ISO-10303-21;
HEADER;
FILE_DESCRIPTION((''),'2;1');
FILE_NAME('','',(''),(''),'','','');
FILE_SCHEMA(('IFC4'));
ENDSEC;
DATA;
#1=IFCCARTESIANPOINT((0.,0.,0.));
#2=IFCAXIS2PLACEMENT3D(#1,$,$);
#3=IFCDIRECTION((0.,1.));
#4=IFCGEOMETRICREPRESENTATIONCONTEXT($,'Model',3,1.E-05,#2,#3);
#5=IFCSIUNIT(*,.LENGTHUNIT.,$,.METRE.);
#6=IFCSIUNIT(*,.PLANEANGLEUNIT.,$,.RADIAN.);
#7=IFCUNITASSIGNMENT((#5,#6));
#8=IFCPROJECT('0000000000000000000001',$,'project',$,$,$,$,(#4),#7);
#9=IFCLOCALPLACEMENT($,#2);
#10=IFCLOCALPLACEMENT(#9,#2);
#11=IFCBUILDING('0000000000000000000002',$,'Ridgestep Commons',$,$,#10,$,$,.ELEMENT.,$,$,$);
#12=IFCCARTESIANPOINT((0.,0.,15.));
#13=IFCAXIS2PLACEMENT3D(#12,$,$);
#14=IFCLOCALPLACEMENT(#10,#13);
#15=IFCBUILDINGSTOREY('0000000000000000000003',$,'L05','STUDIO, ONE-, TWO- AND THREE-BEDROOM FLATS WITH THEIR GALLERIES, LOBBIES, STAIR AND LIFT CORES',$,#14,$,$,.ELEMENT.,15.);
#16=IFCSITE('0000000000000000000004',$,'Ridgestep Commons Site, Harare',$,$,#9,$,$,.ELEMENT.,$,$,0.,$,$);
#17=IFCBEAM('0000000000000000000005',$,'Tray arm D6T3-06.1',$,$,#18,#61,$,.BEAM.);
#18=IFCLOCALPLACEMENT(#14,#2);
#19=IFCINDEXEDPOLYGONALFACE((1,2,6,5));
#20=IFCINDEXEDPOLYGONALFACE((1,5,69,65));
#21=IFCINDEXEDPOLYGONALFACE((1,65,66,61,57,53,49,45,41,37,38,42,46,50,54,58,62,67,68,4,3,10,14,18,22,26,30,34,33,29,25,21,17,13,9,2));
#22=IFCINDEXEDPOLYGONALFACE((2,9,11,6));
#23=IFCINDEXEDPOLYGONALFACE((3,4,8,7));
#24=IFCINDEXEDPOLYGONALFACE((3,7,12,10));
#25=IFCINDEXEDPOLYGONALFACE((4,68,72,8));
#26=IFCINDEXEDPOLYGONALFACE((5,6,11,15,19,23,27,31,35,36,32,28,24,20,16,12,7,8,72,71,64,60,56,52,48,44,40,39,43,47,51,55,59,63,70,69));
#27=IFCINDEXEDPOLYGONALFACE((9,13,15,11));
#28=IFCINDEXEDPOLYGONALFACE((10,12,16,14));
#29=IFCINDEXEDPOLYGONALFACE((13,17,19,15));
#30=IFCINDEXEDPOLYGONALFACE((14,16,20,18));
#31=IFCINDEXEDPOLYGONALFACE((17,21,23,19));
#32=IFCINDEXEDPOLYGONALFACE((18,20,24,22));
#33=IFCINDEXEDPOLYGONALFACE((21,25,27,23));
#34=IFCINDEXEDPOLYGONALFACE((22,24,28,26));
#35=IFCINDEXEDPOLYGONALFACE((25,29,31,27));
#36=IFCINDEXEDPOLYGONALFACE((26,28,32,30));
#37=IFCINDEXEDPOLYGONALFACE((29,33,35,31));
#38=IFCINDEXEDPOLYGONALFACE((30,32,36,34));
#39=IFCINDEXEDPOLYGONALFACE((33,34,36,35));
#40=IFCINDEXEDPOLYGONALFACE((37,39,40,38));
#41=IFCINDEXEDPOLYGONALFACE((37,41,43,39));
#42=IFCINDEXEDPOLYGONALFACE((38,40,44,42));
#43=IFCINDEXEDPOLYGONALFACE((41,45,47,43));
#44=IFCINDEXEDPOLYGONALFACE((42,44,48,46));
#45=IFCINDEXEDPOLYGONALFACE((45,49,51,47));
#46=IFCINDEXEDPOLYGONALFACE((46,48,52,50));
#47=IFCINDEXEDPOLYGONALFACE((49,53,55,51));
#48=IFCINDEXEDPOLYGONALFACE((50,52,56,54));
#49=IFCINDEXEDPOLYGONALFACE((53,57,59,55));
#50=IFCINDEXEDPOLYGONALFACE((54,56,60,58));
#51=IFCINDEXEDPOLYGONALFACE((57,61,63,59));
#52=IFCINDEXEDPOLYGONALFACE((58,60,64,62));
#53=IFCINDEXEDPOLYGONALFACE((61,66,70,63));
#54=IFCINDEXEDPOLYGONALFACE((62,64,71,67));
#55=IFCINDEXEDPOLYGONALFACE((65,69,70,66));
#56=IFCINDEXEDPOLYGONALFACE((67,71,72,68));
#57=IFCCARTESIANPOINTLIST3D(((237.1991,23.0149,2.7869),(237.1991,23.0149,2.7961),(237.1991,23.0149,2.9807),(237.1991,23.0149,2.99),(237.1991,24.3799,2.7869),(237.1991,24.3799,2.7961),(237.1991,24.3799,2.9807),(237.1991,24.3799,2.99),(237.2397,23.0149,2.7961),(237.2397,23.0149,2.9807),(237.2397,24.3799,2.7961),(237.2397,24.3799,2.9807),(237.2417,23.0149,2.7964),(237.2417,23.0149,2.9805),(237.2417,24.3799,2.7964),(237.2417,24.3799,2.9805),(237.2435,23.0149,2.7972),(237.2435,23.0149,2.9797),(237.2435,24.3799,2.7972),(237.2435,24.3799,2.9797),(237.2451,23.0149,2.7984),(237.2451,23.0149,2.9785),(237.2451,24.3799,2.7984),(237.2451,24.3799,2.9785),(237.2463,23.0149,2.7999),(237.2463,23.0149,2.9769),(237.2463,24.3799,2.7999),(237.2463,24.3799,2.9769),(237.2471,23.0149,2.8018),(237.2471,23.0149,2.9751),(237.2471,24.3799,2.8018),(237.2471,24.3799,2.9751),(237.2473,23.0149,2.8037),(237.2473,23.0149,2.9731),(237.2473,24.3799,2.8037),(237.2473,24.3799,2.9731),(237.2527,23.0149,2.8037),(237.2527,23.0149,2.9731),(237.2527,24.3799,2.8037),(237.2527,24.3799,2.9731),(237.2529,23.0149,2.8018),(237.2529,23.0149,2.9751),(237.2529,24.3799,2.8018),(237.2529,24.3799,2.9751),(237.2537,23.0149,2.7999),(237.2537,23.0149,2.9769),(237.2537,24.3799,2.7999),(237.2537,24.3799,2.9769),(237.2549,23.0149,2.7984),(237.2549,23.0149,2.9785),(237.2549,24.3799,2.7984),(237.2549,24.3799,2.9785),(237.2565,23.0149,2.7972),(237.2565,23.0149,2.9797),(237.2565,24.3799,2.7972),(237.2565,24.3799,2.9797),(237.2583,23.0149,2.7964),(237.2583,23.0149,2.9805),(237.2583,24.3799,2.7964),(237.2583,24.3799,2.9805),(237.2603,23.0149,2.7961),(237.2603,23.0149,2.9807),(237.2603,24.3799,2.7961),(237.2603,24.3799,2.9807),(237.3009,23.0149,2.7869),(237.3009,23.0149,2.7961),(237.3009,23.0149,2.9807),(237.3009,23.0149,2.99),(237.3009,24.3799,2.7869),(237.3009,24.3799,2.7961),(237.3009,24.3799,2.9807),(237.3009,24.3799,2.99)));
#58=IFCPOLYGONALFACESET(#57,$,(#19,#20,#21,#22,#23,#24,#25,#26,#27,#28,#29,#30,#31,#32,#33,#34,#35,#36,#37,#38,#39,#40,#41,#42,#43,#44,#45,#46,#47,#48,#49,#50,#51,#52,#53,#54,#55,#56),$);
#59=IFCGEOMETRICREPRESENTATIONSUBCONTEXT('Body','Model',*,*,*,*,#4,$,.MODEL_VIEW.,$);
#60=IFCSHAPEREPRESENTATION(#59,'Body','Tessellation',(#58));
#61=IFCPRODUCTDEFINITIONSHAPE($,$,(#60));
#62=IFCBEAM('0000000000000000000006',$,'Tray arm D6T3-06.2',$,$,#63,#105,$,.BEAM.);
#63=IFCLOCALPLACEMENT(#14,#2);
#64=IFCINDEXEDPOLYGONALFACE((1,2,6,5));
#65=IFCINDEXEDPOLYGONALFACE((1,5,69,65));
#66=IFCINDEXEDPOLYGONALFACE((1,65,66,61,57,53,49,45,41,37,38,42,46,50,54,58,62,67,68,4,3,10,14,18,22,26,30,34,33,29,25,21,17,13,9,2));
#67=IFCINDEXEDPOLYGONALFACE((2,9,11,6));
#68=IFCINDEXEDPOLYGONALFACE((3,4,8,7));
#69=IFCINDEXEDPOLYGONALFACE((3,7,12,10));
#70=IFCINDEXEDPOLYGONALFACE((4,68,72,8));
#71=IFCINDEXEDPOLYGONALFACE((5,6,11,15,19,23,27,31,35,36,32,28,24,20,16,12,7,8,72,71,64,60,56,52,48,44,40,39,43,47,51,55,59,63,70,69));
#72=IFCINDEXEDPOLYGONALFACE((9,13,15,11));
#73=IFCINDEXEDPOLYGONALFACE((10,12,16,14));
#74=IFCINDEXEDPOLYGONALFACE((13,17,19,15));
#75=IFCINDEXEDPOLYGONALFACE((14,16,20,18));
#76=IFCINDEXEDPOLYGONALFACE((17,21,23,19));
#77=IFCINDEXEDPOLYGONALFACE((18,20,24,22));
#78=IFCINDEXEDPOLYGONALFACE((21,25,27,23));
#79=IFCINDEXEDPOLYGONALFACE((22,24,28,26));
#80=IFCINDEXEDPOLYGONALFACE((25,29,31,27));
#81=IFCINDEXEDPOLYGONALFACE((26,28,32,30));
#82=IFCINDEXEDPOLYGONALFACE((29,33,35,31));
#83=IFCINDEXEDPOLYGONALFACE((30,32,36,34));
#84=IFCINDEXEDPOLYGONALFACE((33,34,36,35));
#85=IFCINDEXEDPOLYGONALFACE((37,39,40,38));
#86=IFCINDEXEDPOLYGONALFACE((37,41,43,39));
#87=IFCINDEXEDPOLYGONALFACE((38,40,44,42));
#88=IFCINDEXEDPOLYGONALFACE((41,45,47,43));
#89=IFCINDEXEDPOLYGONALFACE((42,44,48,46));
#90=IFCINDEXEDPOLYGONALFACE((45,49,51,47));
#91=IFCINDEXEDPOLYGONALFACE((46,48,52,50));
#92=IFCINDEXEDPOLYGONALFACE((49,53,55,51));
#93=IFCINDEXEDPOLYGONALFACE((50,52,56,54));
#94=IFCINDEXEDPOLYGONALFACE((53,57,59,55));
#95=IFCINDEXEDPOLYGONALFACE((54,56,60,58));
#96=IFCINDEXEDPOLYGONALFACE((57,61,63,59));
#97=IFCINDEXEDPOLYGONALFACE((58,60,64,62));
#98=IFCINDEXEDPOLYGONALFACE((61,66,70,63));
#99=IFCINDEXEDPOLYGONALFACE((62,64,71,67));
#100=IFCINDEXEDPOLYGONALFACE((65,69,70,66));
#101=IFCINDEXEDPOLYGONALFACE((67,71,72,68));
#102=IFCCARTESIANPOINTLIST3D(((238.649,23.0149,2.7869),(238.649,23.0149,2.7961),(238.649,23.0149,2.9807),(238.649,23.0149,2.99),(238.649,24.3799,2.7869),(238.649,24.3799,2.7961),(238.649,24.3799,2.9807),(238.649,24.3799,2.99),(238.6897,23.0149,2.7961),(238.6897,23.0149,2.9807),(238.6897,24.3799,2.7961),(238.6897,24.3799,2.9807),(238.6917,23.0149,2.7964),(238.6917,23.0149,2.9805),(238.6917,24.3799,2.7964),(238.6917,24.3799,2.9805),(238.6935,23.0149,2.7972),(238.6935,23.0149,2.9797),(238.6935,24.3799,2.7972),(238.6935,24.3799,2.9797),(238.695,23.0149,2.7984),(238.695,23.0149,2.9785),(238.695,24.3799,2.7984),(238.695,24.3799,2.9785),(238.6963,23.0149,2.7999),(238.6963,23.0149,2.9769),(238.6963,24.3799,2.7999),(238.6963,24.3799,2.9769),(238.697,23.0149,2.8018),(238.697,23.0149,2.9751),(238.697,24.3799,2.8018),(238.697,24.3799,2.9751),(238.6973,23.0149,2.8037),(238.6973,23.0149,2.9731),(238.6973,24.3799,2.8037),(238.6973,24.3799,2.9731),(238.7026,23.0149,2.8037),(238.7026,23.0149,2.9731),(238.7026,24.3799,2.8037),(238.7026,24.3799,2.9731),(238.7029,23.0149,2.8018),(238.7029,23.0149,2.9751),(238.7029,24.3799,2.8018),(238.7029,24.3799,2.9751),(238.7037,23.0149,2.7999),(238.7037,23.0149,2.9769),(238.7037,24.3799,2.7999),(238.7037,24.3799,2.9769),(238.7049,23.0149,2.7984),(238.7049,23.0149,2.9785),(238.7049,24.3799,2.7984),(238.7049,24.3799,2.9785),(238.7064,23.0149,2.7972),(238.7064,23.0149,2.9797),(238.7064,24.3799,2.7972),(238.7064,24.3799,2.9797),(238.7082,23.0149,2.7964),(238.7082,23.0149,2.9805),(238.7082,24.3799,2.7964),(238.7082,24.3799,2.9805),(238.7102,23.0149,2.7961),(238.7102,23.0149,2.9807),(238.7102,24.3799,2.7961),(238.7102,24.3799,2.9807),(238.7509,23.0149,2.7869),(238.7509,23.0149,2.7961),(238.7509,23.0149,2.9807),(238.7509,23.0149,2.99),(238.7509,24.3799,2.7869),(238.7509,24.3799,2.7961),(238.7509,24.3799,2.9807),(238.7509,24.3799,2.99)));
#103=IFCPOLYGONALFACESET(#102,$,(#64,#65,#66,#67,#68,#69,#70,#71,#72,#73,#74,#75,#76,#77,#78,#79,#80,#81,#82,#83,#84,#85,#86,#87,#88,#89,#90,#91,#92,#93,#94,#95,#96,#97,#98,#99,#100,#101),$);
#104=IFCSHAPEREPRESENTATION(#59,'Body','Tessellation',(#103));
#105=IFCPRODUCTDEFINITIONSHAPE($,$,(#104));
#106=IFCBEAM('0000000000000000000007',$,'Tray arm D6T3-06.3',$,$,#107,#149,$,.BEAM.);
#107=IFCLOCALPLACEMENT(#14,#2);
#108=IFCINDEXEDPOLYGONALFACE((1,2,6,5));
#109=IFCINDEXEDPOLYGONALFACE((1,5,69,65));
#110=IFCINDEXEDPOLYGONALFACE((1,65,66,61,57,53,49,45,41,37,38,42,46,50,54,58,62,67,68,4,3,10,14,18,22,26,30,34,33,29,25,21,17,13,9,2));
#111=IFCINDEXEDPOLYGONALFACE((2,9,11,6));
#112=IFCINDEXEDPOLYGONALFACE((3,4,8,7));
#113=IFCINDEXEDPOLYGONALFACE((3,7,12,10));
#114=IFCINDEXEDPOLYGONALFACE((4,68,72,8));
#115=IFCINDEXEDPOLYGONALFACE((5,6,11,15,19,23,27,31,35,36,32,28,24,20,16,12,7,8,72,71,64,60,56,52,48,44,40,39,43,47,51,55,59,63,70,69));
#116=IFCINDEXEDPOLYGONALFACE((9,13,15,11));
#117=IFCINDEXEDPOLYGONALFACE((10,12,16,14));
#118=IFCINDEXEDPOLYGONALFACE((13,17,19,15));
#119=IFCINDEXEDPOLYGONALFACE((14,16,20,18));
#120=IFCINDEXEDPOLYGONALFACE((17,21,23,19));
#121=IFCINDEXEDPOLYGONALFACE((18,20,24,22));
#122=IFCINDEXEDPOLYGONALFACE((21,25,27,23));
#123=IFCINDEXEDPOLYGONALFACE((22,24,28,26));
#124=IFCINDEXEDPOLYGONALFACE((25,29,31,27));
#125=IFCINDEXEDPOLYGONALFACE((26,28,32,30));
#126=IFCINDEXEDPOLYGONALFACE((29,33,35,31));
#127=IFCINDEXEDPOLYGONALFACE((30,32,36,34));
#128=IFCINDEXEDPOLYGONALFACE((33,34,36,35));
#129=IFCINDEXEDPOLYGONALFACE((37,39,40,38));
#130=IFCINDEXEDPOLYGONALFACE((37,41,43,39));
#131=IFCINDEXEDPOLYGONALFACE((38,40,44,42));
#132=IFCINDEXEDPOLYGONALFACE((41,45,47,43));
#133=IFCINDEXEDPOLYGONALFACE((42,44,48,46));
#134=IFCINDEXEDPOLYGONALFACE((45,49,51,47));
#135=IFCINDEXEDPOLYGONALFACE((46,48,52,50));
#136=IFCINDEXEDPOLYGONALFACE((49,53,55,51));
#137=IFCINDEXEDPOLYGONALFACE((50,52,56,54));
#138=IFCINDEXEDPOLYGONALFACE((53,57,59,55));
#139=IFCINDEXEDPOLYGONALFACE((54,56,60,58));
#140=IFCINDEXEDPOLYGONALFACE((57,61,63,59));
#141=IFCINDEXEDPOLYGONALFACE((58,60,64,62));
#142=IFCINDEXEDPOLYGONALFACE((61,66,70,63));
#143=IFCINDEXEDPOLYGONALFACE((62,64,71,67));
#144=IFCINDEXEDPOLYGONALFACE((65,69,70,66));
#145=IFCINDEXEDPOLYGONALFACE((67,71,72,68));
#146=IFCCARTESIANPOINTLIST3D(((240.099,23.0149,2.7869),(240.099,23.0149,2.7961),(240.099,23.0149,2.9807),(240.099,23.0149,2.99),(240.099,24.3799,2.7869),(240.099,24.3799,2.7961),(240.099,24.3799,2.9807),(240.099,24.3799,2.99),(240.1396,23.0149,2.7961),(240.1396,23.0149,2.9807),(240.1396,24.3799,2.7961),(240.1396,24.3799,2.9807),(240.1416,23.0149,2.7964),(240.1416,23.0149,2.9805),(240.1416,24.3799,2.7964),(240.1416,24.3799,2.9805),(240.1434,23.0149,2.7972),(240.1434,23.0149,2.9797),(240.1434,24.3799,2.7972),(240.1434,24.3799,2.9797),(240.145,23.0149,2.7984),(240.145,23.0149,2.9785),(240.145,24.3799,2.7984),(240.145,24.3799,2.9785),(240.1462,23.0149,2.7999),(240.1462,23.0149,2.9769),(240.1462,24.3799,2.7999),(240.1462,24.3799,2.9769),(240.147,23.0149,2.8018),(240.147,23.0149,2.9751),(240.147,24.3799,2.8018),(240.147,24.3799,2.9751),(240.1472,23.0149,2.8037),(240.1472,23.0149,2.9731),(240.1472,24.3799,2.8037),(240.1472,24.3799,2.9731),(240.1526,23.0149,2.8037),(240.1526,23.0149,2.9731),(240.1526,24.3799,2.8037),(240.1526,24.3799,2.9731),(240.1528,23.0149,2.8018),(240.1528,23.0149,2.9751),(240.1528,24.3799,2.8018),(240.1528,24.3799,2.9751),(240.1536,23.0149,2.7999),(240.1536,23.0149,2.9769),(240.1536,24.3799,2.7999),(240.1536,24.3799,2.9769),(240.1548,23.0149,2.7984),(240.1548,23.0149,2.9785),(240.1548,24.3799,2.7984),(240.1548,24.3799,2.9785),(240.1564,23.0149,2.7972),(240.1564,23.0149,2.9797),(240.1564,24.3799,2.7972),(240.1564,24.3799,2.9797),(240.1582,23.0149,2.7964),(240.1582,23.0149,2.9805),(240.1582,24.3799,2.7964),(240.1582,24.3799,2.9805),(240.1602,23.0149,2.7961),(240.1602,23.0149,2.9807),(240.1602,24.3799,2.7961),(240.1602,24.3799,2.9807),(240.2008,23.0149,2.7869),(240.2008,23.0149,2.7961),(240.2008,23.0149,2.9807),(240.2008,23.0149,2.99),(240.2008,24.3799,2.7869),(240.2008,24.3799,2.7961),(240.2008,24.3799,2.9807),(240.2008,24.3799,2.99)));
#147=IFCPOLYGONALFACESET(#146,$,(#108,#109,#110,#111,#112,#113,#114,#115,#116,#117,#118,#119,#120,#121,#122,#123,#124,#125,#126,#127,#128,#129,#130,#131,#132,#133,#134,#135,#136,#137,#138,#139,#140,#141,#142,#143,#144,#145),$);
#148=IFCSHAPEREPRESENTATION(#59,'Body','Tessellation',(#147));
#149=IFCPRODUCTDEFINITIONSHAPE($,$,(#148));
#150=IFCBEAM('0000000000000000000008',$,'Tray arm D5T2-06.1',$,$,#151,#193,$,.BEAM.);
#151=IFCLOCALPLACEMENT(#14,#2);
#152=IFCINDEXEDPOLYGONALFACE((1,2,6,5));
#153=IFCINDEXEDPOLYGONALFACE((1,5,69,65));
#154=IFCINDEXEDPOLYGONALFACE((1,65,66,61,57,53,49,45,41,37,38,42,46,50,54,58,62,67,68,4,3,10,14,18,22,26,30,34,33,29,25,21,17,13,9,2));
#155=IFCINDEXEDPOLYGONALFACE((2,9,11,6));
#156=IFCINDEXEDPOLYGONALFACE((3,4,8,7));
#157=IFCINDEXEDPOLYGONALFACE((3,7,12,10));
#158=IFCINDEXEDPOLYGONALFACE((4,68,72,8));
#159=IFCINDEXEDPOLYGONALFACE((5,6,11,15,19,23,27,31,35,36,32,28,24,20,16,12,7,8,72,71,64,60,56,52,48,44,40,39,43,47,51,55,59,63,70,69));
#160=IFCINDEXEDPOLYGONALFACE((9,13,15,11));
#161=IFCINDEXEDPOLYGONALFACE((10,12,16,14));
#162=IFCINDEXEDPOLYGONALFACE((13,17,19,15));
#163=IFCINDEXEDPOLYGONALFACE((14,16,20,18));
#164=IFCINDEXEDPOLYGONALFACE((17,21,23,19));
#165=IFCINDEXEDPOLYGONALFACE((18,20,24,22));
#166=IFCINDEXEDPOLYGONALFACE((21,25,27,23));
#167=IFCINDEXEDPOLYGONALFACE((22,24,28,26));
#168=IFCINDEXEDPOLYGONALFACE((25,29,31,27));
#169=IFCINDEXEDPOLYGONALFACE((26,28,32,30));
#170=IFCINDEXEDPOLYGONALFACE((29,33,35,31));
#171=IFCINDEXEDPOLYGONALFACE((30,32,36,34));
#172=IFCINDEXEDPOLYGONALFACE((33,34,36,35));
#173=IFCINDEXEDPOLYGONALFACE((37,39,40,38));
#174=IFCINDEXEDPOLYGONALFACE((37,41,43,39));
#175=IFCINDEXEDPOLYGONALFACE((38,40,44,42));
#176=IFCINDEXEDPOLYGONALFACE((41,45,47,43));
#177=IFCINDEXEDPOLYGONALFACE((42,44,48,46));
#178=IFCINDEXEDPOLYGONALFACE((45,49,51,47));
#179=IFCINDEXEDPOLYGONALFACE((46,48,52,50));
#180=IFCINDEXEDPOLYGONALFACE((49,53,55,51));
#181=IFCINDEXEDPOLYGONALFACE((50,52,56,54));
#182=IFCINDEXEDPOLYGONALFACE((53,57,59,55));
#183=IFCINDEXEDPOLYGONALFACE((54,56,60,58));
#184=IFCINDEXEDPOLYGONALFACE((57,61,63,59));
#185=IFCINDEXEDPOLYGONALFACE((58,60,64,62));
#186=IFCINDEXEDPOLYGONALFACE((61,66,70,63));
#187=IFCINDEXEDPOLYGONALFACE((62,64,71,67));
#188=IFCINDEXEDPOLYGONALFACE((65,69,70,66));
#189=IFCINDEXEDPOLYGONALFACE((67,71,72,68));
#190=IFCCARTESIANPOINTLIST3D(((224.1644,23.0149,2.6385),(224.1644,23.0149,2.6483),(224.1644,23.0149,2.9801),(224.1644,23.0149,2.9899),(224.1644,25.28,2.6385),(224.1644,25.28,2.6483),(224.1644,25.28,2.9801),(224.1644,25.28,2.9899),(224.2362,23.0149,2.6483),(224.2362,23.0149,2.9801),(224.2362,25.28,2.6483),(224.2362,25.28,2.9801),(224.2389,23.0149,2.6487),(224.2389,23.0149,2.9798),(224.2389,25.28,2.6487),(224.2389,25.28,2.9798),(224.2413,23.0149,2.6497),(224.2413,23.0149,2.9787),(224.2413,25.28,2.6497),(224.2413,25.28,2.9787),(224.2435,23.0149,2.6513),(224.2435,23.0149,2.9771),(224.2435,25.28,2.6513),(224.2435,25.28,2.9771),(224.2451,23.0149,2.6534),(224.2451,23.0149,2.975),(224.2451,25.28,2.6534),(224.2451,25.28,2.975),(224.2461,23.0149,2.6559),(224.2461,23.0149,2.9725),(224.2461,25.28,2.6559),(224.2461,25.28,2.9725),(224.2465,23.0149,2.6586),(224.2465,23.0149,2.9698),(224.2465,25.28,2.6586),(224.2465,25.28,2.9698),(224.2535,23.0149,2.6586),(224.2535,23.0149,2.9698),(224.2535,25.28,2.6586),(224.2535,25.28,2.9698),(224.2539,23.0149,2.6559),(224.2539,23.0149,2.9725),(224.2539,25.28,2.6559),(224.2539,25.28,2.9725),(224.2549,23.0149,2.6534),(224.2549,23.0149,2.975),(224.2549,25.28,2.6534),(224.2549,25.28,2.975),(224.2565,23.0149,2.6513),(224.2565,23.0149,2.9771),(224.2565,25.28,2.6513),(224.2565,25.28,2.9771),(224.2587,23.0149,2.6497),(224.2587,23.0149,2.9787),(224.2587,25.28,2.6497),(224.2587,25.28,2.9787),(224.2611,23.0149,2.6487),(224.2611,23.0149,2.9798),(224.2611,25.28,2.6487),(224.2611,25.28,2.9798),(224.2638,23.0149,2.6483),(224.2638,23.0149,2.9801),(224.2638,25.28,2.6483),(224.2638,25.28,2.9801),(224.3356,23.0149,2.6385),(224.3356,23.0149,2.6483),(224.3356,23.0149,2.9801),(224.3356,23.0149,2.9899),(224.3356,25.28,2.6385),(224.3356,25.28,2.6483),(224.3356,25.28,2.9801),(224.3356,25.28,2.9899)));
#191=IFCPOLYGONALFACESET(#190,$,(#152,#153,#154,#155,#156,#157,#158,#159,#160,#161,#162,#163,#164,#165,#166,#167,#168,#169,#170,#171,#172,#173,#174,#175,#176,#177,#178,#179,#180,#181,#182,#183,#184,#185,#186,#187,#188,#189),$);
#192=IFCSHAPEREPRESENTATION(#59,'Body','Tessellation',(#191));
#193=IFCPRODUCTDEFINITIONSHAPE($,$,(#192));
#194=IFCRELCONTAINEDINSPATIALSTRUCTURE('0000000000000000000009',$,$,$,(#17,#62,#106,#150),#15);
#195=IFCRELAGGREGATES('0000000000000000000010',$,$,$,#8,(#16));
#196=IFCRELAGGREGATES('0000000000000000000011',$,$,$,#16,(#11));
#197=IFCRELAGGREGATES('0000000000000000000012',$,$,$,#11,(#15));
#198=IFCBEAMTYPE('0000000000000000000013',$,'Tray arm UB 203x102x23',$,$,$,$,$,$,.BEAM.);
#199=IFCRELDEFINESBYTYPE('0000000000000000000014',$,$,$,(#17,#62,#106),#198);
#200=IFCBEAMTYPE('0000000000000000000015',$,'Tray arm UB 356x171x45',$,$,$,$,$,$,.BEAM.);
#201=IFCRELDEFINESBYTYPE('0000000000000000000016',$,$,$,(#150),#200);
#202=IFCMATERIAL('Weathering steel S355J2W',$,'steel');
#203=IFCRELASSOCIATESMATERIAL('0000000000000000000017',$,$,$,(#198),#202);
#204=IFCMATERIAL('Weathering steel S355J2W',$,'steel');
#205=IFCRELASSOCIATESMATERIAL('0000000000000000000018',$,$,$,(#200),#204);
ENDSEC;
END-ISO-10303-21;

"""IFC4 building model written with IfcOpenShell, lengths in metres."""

from ifc_helpers import new_model, si_unit, direction, frame, origin, origin_2d, place, context, subcontext, project, spatial, i_section, extrude, material, material_profile, profile_set, type_object, element, save


model = new_model("IFC4")

# Units and contexts
model_context = context("Model", 3, precision=1e-05, world=origin(), true_north=direction((0.0, 1.0)))
body_context = subcontext(model_context, "Body", "Model", "MODEL_VIEW")
ifc_project = project(units=[si_unit("LENGTHUNIT", "METRE"), si_unit("PLANEANGLEUNIT", "RADIAN")], contexts=[model_context])

# Site, building, storey
site_placement = place(None, origin())
site = spatial("IfcSite", under=ifc_project, at=site_placement, Name="Ridgestep Commons Site, Harare", CompositionType="ELEMENT", RefElevation=0.0)
building_placement = place(site_placement, origin())
building = spatial("IfcBuilding", under=site, at=building_placement, Name="Ridgestep Commons", CompositionType="ELEMENT")
storey_placement = place(building_placement, frame((0.0, 0.0, 15.0)))
storey = spatial("IfcBuildingStorey", under=building, at=storey_placement, Name="L05", Description="STUDIO, ONE-, TWO- AND THREE-BEDROOM FLATS WITH THEIR GALLERIES, LOBBIES, STAIR AND LIFT CORES", CompositionType="ELEMENT", Elevation=15.0)

# Beams
ifc_material_1 = material(Name="Weathering steel S355J2W", Category="steel")
ifc_material_profile_1 = material_profile(ifc_material_1, i_section(OverallWidth=0.1018, OverallDepth=0.2031, WebThickness=0.0054, FlangeThickness=0.0093, FilletRadius=0.0076, at=origin_2d()), Name="UB 203x102x23")
ifc_profile_set_1 = profile_set([ifc_material_profile_1], Name="Weathering steel S355J2W")
beam_type_1 = type_object("IfcBeamType", Name="Tray arm UB 203x102x23", PredefinedType="BEAM", material=ifc_profile_set_1)
for number, where, z_axis, x_axis, name in (
    (1, (237.25, 23.0149, 2.8884), (0.0, 1.0, 0.0), (-1.0, 0.0, 0.0), "Tray arm D6T3-06.1"),
    (2, (238.7, 23.0149, 2.8884), (0.0, 1.0, 0.0), (-1.0, 0.0, 0.0), "Tray arm D6T3-06.2"),
    (3, (240.1499, 23.0149, 2.8884), (0.0, 1.0, 0.0), (-1.0, 0.0, 0.0), "Tray arm D6T3-06.3"),
):
    element("IfcBeam", number, at=place(storey_placement, frame(where, z_axis=z_axis, x_axis=x_axis)), inside=storey, type_object=beam_type_1, Name=name, PredefinedType="BEAM", context=body_context, shape_type="SweptSolid", body=[
        extrude(i_section(OverallWidth=0.1018, OverallDepth=0.2031, WebThickness=0.0054, FlangeThickness=0.0093, FilletRadius=0.0076, at=origin_2d()), origin(), (0.0, 0.0, 1.0), 1.365),
    ])
ifc_material_2 = material(Name="Weathering steel S355J2W", Category="steel")
ifc_material_profile_2 = material_profile(ifc_material_2, i_section(OverallWidth=0.1711, OverallDepth=0.3513, WebThickness=0.0071, FlangeThickness=0.0098, FilletRadius=0.0103, at=origin_2d()), Name="UB 356x171x45")
ifc_profile_set_2 = profile_set([ifc_material_profile_2], Name="Weathering steel S355J2W")
beam_type_2 = type_object("IfcBeamType", Name="Tray arm UB 356x171x45", PredefinedType="BEAM", material=ifc_profile_set_2)
for number, where, z_axis, x_axis, name in (
    (4, (224.25, 23.0149, 2.8142), (0.0, 1.0, 0.0), (-1.0, 0.0, 0.0), "Tray arm D5T2-06.1"),
):
    element("IfcBeam", number, at=place(storey_placement, frame(where, z_axis=z_axis, x_axis=x_axis)), inside=storey, type_object=beam_type_2, Name=name, PredefinedType="BEAM", context=body_context, shape_type="SweptSolid", body=[
        extrude(i_section(OverallWidth=0.1711, OverallDepth=0.3513, WebThickness=0.0071, FlangeThickness=0.0098, FilletRadius=0.0103, at=origin_2d()), origin(), (0.0, 0.0, 1.0), 2.2651),
    ])

save(model, "model.ifc")
